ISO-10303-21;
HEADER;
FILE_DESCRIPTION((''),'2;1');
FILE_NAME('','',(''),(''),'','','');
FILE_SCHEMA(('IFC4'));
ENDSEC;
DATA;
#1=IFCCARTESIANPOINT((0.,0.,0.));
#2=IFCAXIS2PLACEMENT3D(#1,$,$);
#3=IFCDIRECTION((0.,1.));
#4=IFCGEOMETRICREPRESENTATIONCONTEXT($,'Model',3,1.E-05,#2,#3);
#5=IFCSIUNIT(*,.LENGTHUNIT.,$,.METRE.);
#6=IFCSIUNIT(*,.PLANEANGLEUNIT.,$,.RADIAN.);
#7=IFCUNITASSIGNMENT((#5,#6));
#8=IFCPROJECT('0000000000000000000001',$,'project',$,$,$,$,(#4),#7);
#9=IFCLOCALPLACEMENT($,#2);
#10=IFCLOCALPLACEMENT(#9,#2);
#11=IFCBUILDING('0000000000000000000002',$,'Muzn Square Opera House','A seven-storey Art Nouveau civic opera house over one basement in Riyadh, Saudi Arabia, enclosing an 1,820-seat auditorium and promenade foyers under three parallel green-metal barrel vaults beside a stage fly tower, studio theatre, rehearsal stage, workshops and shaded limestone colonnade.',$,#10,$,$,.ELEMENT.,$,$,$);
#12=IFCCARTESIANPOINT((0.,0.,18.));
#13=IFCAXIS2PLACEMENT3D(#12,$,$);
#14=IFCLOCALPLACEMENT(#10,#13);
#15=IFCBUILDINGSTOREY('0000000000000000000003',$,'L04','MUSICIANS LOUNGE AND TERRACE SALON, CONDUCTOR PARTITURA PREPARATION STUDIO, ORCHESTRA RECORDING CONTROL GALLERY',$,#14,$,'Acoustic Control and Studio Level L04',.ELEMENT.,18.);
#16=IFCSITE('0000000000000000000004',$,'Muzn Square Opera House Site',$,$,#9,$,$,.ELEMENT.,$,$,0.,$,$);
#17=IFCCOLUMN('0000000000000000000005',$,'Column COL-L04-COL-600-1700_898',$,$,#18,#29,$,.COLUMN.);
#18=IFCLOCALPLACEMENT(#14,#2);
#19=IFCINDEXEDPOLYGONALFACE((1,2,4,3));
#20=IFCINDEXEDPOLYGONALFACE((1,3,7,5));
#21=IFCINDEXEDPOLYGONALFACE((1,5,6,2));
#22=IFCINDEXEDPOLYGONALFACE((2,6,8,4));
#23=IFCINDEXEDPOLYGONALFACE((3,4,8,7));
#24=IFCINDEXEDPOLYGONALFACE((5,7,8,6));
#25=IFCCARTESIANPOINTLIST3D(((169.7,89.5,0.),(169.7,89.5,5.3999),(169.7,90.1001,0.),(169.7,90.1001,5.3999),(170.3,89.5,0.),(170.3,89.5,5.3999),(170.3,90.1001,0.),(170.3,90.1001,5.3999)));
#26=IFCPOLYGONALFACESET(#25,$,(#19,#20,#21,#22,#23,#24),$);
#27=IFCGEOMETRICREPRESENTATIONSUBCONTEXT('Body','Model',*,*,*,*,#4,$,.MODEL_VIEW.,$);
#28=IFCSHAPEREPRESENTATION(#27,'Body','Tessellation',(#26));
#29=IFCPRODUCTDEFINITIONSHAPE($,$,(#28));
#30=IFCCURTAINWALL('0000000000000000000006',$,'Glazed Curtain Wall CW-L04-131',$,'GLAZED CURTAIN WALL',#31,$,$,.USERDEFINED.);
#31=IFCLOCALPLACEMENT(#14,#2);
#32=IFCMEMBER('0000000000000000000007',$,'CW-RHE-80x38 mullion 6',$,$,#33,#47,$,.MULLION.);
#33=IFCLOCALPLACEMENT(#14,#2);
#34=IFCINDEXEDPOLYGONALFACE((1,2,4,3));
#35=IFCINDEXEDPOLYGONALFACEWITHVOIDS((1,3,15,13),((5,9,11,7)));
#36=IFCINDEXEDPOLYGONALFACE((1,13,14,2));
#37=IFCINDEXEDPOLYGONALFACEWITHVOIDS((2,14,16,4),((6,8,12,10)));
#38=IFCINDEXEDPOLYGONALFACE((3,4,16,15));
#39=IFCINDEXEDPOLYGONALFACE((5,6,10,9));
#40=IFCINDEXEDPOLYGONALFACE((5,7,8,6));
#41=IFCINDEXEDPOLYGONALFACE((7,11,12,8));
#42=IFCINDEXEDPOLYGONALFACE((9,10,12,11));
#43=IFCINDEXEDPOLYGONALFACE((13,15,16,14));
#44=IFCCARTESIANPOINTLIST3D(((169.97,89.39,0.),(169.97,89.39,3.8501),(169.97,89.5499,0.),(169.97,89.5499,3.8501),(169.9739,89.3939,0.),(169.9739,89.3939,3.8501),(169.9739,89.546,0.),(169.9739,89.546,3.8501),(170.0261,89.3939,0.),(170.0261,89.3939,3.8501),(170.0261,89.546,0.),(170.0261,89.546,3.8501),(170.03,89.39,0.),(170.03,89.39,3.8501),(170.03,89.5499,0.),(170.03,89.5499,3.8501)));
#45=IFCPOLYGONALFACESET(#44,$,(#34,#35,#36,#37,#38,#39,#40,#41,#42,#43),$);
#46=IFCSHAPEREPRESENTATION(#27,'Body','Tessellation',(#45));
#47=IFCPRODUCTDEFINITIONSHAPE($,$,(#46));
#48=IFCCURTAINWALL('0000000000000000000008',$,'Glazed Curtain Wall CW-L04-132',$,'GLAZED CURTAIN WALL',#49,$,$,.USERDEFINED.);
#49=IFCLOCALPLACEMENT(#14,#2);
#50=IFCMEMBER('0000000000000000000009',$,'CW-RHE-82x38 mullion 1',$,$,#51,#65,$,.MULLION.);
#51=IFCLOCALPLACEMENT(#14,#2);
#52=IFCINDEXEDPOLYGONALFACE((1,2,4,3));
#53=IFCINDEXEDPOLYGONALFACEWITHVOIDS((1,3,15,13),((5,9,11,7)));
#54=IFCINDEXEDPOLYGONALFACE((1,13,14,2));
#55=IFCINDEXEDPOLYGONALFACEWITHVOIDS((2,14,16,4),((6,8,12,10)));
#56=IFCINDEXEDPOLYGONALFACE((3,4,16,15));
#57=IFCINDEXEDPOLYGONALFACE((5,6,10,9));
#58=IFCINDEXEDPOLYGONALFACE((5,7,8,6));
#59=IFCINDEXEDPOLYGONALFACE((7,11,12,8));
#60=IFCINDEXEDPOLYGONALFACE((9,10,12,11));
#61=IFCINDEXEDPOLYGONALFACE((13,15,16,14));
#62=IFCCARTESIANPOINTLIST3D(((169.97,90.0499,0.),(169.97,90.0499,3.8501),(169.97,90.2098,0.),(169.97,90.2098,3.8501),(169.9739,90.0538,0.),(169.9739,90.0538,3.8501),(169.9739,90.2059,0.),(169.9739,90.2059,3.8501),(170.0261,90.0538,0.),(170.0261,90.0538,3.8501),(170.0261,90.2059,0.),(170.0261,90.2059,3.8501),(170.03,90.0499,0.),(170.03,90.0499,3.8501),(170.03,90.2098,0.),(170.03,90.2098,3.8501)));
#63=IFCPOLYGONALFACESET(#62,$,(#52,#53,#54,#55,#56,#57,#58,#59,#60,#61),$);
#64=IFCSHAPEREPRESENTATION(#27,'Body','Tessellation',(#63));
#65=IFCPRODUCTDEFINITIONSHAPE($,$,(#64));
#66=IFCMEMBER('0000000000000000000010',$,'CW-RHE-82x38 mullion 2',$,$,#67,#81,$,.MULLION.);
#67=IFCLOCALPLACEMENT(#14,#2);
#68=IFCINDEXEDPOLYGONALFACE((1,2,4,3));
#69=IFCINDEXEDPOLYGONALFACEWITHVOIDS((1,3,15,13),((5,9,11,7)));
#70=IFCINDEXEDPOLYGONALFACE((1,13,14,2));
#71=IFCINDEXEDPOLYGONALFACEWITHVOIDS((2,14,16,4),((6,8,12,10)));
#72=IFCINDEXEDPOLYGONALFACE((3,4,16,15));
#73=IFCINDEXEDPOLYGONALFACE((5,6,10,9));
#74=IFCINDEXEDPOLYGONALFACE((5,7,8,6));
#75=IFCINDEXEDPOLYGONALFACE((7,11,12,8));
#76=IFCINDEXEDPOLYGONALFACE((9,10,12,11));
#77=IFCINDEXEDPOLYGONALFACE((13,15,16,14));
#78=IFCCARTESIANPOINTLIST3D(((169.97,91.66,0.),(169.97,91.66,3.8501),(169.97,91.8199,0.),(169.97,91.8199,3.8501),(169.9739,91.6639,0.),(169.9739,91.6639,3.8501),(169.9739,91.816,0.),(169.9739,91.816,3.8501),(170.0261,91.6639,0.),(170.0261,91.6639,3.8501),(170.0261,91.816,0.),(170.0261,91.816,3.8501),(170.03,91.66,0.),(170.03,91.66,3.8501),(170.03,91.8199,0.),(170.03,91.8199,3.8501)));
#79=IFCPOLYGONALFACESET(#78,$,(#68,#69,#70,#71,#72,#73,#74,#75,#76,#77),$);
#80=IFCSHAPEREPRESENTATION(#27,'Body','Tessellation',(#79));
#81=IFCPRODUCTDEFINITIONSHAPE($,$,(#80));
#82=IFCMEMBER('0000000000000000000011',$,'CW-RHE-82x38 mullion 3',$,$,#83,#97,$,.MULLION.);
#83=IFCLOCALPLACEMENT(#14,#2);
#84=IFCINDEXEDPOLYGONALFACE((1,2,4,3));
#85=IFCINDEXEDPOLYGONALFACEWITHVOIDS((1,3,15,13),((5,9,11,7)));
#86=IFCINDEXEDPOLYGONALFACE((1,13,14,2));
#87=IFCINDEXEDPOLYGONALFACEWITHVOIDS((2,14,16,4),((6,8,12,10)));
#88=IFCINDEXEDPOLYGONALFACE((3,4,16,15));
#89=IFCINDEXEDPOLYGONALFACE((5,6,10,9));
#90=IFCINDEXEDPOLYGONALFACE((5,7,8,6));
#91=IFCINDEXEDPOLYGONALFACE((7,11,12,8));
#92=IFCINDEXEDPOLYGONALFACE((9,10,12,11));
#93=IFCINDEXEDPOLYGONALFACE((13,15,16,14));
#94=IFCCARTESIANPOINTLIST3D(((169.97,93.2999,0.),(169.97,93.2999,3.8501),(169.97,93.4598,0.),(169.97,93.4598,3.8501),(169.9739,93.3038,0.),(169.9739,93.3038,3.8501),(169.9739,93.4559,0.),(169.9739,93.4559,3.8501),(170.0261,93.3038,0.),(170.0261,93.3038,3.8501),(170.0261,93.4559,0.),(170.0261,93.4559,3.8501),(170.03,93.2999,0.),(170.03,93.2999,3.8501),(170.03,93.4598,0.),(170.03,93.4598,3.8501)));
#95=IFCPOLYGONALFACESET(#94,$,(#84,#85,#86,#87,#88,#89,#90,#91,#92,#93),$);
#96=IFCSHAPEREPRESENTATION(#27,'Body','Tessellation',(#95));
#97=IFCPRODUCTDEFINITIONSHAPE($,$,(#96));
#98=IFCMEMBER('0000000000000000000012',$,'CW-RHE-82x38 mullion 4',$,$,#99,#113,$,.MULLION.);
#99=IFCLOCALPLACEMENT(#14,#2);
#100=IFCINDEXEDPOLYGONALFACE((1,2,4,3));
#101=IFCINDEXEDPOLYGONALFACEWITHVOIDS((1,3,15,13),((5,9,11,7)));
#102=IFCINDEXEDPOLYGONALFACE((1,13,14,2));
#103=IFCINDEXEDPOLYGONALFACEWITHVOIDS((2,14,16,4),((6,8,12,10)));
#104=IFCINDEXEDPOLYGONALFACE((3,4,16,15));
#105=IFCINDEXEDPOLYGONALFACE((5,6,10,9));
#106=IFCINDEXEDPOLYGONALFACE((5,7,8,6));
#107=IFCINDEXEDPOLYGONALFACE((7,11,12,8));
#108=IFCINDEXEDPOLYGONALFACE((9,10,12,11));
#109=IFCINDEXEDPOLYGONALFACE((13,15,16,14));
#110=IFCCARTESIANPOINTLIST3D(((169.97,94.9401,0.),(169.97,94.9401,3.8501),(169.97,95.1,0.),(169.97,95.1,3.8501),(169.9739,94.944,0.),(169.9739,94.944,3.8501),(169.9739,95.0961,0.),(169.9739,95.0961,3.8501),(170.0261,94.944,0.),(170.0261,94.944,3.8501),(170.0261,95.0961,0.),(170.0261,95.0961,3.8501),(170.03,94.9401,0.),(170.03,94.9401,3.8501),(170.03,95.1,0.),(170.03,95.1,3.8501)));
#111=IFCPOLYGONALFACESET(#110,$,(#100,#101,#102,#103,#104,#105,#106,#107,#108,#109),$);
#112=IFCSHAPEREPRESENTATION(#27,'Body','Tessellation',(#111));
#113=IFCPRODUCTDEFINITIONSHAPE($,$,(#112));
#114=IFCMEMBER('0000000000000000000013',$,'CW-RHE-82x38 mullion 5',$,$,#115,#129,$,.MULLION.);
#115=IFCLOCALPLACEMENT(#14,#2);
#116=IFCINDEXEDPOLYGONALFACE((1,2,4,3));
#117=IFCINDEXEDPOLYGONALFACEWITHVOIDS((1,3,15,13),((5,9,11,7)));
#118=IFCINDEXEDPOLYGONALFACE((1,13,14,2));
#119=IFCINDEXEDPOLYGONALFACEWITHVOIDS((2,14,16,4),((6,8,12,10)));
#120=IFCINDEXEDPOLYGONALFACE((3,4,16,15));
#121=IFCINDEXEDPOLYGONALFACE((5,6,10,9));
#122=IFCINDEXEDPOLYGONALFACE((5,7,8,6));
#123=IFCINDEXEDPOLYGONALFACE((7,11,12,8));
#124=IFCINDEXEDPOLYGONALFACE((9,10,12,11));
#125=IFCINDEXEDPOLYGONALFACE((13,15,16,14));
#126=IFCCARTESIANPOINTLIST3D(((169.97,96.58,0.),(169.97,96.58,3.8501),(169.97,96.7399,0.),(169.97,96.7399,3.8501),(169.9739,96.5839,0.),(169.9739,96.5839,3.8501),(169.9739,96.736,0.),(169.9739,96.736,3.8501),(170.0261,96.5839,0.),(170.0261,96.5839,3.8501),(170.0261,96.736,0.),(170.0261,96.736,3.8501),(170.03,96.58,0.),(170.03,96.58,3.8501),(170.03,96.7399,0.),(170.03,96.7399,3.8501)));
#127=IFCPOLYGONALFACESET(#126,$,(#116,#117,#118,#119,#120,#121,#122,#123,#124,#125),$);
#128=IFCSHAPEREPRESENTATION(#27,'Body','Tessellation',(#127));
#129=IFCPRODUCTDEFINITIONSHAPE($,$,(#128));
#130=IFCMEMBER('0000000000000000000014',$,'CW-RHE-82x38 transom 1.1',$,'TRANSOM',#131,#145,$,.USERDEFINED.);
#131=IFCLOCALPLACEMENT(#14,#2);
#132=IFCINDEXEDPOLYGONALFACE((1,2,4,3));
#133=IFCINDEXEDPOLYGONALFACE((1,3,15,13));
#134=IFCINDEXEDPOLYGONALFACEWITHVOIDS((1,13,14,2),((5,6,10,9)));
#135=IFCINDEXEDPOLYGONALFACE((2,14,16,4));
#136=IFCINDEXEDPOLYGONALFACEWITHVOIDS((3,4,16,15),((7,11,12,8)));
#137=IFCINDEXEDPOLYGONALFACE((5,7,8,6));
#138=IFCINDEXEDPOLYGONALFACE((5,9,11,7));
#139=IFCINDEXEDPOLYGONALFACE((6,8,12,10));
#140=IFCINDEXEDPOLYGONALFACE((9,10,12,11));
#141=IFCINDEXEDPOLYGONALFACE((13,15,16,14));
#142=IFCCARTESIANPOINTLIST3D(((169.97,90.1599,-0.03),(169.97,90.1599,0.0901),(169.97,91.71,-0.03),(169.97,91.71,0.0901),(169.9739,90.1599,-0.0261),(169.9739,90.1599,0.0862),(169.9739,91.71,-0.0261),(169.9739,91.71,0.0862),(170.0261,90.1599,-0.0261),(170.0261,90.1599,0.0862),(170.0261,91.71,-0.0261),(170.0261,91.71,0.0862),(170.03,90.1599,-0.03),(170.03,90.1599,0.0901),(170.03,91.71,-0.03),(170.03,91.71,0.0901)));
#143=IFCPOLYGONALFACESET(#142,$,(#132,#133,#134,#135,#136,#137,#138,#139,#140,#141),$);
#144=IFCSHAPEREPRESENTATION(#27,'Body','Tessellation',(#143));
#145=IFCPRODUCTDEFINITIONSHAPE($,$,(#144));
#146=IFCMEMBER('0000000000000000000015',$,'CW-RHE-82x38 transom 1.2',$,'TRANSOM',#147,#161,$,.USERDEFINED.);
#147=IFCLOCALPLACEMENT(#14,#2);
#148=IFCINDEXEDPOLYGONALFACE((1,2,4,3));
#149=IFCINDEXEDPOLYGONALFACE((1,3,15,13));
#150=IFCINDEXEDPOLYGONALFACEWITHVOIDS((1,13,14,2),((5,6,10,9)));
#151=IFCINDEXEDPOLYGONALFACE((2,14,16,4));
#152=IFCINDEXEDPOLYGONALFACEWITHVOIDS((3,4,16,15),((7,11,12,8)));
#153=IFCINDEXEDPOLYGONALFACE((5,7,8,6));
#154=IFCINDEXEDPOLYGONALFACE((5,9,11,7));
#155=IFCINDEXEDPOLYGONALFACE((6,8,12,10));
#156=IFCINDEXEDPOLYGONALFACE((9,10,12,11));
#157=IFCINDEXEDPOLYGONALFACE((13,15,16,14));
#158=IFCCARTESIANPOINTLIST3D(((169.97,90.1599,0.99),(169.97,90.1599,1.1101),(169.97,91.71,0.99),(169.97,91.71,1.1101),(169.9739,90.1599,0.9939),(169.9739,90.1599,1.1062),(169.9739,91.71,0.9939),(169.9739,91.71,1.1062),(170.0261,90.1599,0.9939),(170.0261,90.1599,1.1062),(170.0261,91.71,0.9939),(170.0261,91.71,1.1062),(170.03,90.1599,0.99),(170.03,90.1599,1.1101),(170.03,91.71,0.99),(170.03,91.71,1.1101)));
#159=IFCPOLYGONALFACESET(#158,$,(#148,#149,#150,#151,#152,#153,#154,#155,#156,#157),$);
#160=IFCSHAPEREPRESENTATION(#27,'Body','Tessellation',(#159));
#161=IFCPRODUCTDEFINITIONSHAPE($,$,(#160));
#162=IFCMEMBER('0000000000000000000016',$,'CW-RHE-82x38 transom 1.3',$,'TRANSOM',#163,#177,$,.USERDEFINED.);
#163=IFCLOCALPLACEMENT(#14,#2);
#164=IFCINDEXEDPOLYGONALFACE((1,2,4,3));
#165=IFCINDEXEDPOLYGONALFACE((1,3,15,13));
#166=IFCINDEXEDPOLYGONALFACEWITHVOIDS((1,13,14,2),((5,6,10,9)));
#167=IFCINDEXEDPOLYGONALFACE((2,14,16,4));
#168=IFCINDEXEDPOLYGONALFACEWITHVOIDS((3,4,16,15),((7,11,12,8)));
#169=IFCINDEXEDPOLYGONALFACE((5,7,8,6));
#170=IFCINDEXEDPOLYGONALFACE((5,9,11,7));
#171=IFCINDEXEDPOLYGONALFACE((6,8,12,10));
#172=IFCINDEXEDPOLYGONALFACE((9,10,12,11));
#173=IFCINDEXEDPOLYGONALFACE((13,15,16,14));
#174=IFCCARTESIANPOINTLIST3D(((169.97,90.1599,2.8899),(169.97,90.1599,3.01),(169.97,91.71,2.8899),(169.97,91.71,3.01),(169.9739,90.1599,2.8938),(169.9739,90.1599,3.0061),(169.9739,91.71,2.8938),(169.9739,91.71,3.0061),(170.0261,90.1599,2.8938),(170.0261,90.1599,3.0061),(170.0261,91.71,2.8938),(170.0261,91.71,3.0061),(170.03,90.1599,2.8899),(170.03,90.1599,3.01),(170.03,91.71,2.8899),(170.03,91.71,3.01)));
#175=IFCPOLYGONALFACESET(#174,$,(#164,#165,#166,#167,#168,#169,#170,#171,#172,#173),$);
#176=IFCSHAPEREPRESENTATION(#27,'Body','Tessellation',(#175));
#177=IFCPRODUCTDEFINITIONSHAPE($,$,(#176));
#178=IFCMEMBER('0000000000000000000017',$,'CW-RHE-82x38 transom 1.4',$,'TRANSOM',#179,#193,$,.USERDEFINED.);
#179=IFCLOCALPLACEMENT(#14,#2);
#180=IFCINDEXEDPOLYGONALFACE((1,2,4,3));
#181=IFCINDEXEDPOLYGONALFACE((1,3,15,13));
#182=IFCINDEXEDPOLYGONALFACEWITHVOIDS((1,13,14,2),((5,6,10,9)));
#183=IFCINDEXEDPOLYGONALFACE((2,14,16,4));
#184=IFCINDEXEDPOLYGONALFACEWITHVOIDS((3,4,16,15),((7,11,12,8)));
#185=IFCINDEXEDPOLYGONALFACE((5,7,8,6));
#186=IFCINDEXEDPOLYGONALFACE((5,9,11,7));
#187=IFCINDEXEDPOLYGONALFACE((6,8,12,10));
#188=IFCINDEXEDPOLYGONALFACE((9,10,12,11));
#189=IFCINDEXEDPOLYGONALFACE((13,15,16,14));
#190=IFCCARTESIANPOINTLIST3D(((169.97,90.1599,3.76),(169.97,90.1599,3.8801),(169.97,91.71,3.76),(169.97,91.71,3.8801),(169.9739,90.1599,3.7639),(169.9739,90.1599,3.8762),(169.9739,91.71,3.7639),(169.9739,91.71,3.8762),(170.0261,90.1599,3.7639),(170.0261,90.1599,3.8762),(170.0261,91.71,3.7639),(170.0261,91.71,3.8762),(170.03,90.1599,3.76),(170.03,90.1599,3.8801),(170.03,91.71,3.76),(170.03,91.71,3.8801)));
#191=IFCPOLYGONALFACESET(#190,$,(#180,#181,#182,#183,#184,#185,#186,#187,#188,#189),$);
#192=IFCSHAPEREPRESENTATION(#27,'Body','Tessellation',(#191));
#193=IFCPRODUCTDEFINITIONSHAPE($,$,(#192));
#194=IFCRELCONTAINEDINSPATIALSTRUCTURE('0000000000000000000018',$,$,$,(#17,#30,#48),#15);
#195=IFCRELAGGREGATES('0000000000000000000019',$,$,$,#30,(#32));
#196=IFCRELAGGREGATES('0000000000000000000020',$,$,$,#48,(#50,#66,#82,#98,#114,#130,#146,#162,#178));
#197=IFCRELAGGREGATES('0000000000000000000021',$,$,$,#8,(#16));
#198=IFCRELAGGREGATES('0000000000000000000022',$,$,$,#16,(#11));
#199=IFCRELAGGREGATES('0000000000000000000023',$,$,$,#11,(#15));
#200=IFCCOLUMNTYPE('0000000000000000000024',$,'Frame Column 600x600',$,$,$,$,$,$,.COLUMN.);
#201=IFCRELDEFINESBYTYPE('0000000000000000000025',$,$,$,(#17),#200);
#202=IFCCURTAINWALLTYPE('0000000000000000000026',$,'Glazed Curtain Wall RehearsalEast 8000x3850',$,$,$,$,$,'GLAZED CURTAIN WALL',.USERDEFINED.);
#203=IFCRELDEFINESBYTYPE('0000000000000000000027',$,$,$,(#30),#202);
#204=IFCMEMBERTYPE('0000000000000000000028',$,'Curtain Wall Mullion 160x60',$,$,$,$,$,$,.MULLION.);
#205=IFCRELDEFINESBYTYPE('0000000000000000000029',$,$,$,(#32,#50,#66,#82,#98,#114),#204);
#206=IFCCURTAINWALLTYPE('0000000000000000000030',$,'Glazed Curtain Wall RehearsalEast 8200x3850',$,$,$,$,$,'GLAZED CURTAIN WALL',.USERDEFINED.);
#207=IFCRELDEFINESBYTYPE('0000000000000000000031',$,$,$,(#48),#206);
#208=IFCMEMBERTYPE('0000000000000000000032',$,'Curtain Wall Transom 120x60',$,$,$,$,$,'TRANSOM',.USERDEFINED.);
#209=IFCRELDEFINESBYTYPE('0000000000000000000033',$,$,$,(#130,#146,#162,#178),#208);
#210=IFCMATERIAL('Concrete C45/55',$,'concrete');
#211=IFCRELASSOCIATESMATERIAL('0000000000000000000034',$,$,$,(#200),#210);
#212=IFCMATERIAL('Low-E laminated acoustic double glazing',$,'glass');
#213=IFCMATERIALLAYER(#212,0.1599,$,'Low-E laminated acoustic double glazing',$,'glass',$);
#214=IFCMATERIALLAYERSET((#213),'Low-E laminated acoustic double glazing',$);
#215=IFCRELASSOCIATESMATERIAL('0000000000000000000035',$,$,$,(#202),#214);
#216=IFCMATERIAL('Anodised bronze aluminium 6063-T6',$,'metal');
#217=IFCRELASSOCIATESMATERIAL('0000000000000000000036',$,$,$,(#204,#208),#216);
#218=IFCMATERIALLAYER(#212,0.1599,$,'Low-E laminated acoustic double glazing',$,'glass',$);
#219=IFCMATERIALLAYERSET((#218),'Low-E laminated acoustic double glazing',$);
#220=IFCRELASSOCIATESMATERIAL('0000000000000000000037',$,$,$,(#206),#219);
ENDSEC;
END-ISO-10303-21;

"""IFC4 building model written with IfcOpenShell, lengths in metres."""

from ifc_helpers import new_model, si_unit, direction, frame, origin, origin_2d, place, context, subcontext, project, spatial, rectangle, hollow_rectangle, extrude, material, layer, layer_set, material_profile, profile_set, type_object, element, aggregate, save


model = new_model("IFC4")

# Units and contexts
model_context = context("Model", 3, precision=1e-05, world=origin(), true_north=direction((0.0, 1.0)))
body_context = subcontext(model_context, "Body", "Model", "MODEL_VIEW")
ifc_project = project(units=[si_unit("LENGTHUNIT", "METRE"), si_unit("PLANEANGLEUNIT", "RADIAN")], contexts=[model_context])

# Site, building, storey
site_placement = place(None, origin())
site = spatial("IfcSite", under=ifc_project, at=site_placement, Name="Muzn Square Opera House Site", CompositionType="ELEMENT", RefElevation=0.0)
building_placement = place(site_placement, origin())
building = spatial("IfcBuilding", under=site, at=building_placement, Name="Muzn Square Opera House", Description="A seven-storey Art Nouveau civic opera house over one basement in Riyadh, Saudi Arabia, enclosing an 1,820-seat auditorium and promenade foyers under three parallel green-metal barrel vaults beside a stage fly tower, studio theatre, rehearsal stage, workshops and shaded limestone colonnade.", CompositionType="ELEMENT")
storey_placement = place(building_placement, frame((0.0, 0.0, 18.0)))
storey = spatial("IfcBuildingStorey", under=building, at=storey_placement, Name="L04", Description="MUSICIANS LOUNGE AND TERRACE SALON, CONDUCTOR PARTITURA PREPARATION STUDIO, ORCHESTRA RECORDING CONTROL GALLERY", LongName="Acoustic Control and Studio Level L04", CompositionType="ELEMENT", Elevation=18.0)

# Column
ifc_material_1 = material(Name="Concrete C45/55", Category="concrete")
ifc_material_profile_1 = material_profile(ifc_material_1, rectangle(XDim=0.6001, YDim=0.6001, at=origin_2d()), Name="RC 600x600", Category="concrete")
ifc_profile_set_1 = profile_set([ifc_material_profile_1], Name="Concrete C45/55")
column_type = type_object("IfcColumnType", Name="Frame Column 600x600", PredefinedType="COLUMN", material=ifc_profile_set_1)
column_placement = place(storey_placement, frame((170.0, 89.8, 0.0), z_axis=(0.0, 0.0, 1.0), x_axis=(1.0, 0.0, 0.0)))
element("IfcColumn", 1, at=column_placement, inside=storey, type_object=column_type, Name="Column COL-L04-COL-600-1700_898", PredefinedType="COLUMN", context=body_context, shape_type="SweptSolid", body=[
    extrude(rectangle(XDim=0.6001, YDim=0.6001, at=origin_2d()), origin(), (0.0, 0.0, 1.0), 5.3999),
])

# Curtain wall, member
ifc_material_2 = material(Name="Low-E laminated acoustic double glazing", Category="glass")
ifc_layer_1 = layer(ifc_material_2, 0.1599, Name="Low-E laminated acoustic double glazing", Category="glass")
ifc_layer_set_1 = layer_set([ifc_layer_1], Name="Low-E laminated acoustic double glazing")
curtain_wall_type_1 = type_object("IfcCurtainWallType", Name="Glazed Curtain Wall RehearsalEast 8000x3850", ElementType="GLAZED CURTAIN WALL", PredefinedType="USERDEFINED", material=ifc_layer_set_1)
curtain_wall_1_placement = place(storey_placement, origin())
curtain_wall_1 = element("IfcCurtainWall", 2, at=curtain_wall_1_placement, inside=storey, type_object=curtain_wall_type_1, Name="Glazed Curtain Wall CW-L04-131", ObjectType="GLAZED CURTAIN WALL", PredefinedType="USERDEFINED")
ifc_material_3 = material(Name="Anodised bronze aluminium 6063-T6", Category="metal")
ifc_material_profile_2 = material_profile(ifc_material_3, hollow_rectangle(XDim=0.0601, YDim=0.1599, WallThickness=0.0039, at=origin_2d()), Name="ALU 160x60x4", Category="metal")
ifc_profile_set_2 = profile_set([ifc_material_profile_2], Name="Anodised bronze aluminium 6063-T6")
member_type_1 = type_object("IfcMemberType", Name="Curtain Wall Mullion 160x60", PredefinedType="MULLION", material=ifc_profile_set_2)
member_1_placement = place(storey_placement, frame((170.0, 89.47, 0.0), z_axis=(0.0, 0.0, 1.0), x_axis=(-1.0, 0.0, 0.0)))
member_1 = element("IfcMember", 3, at=member_1_placement, type_object=member_type_1, Name="CW-RHE-80x38 mullion 6", PredefinedType="MULLION", context=body_context, shape_type="SweptSolid", body=[
    extrude(hollow_rectangle(XDim=0.0601, YDim=0.1599, WallThickness=0.0039, at=origin_2d()), origin(), (0.0, 0.0, 1.0), 3.8501),
])

# Curtain wall, members
ifc_layer_2 = layer(ifc_material_2, 0.1599, Name="Low-E laminated acoustic double glazing", Category="glass")
ifc_layer_set_2 = layer_set([ifc_layer_2], Name="Low-E laminated acoustic double glazing")
curtain_wall_type_2 = type_object("IfcCurtainWallType", Name="Glazed Curtain Wall RehearsalEast 8200x3850", ElementType="GLAZED CURTAIN WALL", PredefinedType="USERDEFINED", material=ifc_layer_set_2)
curtain_wall_2_placement = place(storey_placement, origin())
curtain_wall_2 = element("IfcCurtainWall", 4, at=curtain_wall_2_placement, inside=storey, type_object=curtain_wall_type_2, Name="Glazed Curtain Wall CW-L04-132", ObjectType="GLAZED CURTAIN WALL", PredefinedType="USERDEFINED")
member_2_placement = place(storey_placement, frame((170.0, 90.1299, 0.0), z_axis=(0.0, 0.0, 1.0), x_axis=(-1.0, 0.0, 0.0)))
member_2 = element("IfcMember", 5, at=member_2_placement, type_object=member_type_1, Name="CW-RHE-82x38 mullion 1", PredefinedType="MULLION", context=body_context, shape_type="SweptSolid", body=[
    extrude(hollow_rectangle(XDim=0.0601, YDim=0.1599, WallThickness=0.0039, at=origin_2d()), origin(), (0.0, 0.0, 1.0), 3.8501),
])
member_3_placement = place(storey_placement, frame((170.0, 91.74, 0.0), z_axis=(0.0, 0.0, 1.0), x_axis=(-1.0, 0.0, 0.0)))
member_3 = element("IfcMember", 6, at=member_3_placement, type_object=member_type_1, Name="CW-RHE-82x38 mullion 2", PredefinedType="MULLION", context=body_context, shape_type="SweptSolid", body=[
    extrude(hollow_rectangle(XDim=0.0601, YDim=0.1599, WallThickness=0.0039, at=origin_2d()), origin(), (0.0, 0.0, 1.0), 3.8501),
])
member_4_placement = place(storey_placement, frame((170.0, 93.3799, 0.0), z_axis=(0.0, 0.0, 1.0), x_axis=(-1.0, 0.0, 0.0)))
member_4 = element("IfcMember", 7, at=member_4_placement, type_object=member_type_1, Name="CW-RHE-82x38 mullion 3", PredefinedType="MULLION", context=body_context, shape_type="SweptSolid", body=[
    extrude(hollow_rectangle(XDim=0.0601, YDim=0.1599, WallThickness=0.0039, at=origin_2d()), origin(), (0.0, 0.0, 1.0), 3.8501),
])
member_5_placement = place(storey_placement, frame((170.0, 95.02, 0.0), z_axis=(0.0, 0.0, 1.0), x_axis=(-1.0, 0.0, 0.0)))
member_5 = element("IfcMember", 8, at=member_5_placement, type_object=member_type_1, Name="CW-RHE-82x38 mullion 4", PredefinedType="MULLION", context=body_context, shape_type="SweptSolid", body=[
    extrude(hollow_rectangle(XDim=0.0601, YDim=0.1599, WallThickness=0.0039, at=origin_2d()), origin(), (0.0, 0.0, 1.0), 3.8501),
])
member_6_placement = place(storey_placement, frame((170.0, 96.6599, 0.0), z_axis=(0.0, 0.0, 1.0), x_axis=(-1.0, 0.0, 0.0)))
member_6 = element("IfcMember", 9, at=member_6_placement, type_object=member_type_1, Name="CW-RHE-82x38 mullion 5", PredefinedType="MULLION", context=body_context, shape_type="SweptSolid", body=[
    extrude(hollow_rectangle(XDim=0.0601, YDim=0.1599, WallThickness=0.0039, at=origin_2d()), origin(), (0.0, 0.0, 1.0), 3.8501),
])
ifc_material_profile_3 = material_profile(ifc_material_3, hollow_rectangle(XDim=0.0601, YDim=0.1201, WallThickness=0.0039, at=origin_2d()), Name="ALU 120x60x4", Category="metal")
ifc_profile_set_3 = profile_set([ifc_material_profile_3], Name="Anodised bronze aluminium 6063-T6")
member_type_2 = type_object("IfcMemberType", Name="Curtain Wall Transom 120x60", ElementType="TRANSOM", PredefinedType="USERDEFINED", material=ifc_profile_set_3)
member_7_placement = place(storey_placement, frame((170.0, 90.1599, 0.03), z_axis=(0.0, 1.0, 0.0), x_axis=(-1.0, 0.0, 0.0)))
member_7 = element("IfcMember", 10, at=member_7_placement, type_object=member_type_2, Name="CW-RHE-82x38 transom 1.1", ObjectType="TRANSOM", PredefinedType="USERDEFINED", context=body_context, shape_type="SweptSolid", body=[
    extrude(hollow_rectangle(XDim=0.0601, YDim=0.1201, WallThickness=0.0039, at=origin_2d()), origin(), (0.0, 0.0, 1.0), 1.55),
])
member_8_placement = place(storey_placement, frame((170.0, 90.1599, 1.05), z_axis=(0.0, 1.0, 0.0), x_axis=(-1.0, 0.0, 0.0)))
member_8 = element("IfcMember", 11, at=member_8_placement, type_object=member_type_2, Name="CW-RHE-82x38 transom 1.2", ObjectType="TRANSOM", PredefinedType="USERDEFINED", context=body_context, shape_type="SweptSolid", body=[
    extrude(hollow_rectangle(XDim=0.0601, YDim=0.1201, WallThickness=0.0039, at=origin_2d()), origin(), (0.0, 0.0, 1.0), 1.55),
])
member_9_placement = place(storey_placement, frame((170.0, 90.1599, 2.95), z_axis=(0.0, 1.0, 0.0), x_axis=(-1.0, 0.0, 0.0)))
member_9 = element("IfcMember", 12, at=member_9_placement, type_object=member_type_2, Name="CW-RHE-82x38 transom 1.3", ObjectType="TRANSOM", PredefinedType="USERDEFINED", context=body_context, shape_type="SweptSolid", body=[
    extrude(hollow_rectangle(XDim=0.0601, YDim=0.1201, WallThickness=0.0039, at=origin_2d()), origin(), (0.0, 0.0, 1.0), 1.55),
])
member_10_placement = place(storey_placement, frame((170.0, 90.1599, 3.8201), z_axis=(0.0, 1.0, 0.0), x_axis=(-1.0, 0.0, 0.0)))
member_10 = element("IfcMember", 13, at=member_10_placement, type_object=member_type_2, Name="CW-RHE-82x38 transom 1.4", ObjectType="TRANSOM", PredefinedType="USERDEFINED", context=body_context, shape_type="SweptSolid", body=[
    extrude(hollow_rectangle(XDim=0.0601, YDim=0.1201, WallThickness=0.0039, at=origin_2d()), origin(), (0.0, 0.0, 1.0), 1.55),
])

aggregate(curtain_wall_1, [member_1])
aggregate(curtain_wall_2, [member_2, member_3, member_4, member_5, member_6, member_7, member_8, member_9, member_10])

save(model, "model.ifc")
